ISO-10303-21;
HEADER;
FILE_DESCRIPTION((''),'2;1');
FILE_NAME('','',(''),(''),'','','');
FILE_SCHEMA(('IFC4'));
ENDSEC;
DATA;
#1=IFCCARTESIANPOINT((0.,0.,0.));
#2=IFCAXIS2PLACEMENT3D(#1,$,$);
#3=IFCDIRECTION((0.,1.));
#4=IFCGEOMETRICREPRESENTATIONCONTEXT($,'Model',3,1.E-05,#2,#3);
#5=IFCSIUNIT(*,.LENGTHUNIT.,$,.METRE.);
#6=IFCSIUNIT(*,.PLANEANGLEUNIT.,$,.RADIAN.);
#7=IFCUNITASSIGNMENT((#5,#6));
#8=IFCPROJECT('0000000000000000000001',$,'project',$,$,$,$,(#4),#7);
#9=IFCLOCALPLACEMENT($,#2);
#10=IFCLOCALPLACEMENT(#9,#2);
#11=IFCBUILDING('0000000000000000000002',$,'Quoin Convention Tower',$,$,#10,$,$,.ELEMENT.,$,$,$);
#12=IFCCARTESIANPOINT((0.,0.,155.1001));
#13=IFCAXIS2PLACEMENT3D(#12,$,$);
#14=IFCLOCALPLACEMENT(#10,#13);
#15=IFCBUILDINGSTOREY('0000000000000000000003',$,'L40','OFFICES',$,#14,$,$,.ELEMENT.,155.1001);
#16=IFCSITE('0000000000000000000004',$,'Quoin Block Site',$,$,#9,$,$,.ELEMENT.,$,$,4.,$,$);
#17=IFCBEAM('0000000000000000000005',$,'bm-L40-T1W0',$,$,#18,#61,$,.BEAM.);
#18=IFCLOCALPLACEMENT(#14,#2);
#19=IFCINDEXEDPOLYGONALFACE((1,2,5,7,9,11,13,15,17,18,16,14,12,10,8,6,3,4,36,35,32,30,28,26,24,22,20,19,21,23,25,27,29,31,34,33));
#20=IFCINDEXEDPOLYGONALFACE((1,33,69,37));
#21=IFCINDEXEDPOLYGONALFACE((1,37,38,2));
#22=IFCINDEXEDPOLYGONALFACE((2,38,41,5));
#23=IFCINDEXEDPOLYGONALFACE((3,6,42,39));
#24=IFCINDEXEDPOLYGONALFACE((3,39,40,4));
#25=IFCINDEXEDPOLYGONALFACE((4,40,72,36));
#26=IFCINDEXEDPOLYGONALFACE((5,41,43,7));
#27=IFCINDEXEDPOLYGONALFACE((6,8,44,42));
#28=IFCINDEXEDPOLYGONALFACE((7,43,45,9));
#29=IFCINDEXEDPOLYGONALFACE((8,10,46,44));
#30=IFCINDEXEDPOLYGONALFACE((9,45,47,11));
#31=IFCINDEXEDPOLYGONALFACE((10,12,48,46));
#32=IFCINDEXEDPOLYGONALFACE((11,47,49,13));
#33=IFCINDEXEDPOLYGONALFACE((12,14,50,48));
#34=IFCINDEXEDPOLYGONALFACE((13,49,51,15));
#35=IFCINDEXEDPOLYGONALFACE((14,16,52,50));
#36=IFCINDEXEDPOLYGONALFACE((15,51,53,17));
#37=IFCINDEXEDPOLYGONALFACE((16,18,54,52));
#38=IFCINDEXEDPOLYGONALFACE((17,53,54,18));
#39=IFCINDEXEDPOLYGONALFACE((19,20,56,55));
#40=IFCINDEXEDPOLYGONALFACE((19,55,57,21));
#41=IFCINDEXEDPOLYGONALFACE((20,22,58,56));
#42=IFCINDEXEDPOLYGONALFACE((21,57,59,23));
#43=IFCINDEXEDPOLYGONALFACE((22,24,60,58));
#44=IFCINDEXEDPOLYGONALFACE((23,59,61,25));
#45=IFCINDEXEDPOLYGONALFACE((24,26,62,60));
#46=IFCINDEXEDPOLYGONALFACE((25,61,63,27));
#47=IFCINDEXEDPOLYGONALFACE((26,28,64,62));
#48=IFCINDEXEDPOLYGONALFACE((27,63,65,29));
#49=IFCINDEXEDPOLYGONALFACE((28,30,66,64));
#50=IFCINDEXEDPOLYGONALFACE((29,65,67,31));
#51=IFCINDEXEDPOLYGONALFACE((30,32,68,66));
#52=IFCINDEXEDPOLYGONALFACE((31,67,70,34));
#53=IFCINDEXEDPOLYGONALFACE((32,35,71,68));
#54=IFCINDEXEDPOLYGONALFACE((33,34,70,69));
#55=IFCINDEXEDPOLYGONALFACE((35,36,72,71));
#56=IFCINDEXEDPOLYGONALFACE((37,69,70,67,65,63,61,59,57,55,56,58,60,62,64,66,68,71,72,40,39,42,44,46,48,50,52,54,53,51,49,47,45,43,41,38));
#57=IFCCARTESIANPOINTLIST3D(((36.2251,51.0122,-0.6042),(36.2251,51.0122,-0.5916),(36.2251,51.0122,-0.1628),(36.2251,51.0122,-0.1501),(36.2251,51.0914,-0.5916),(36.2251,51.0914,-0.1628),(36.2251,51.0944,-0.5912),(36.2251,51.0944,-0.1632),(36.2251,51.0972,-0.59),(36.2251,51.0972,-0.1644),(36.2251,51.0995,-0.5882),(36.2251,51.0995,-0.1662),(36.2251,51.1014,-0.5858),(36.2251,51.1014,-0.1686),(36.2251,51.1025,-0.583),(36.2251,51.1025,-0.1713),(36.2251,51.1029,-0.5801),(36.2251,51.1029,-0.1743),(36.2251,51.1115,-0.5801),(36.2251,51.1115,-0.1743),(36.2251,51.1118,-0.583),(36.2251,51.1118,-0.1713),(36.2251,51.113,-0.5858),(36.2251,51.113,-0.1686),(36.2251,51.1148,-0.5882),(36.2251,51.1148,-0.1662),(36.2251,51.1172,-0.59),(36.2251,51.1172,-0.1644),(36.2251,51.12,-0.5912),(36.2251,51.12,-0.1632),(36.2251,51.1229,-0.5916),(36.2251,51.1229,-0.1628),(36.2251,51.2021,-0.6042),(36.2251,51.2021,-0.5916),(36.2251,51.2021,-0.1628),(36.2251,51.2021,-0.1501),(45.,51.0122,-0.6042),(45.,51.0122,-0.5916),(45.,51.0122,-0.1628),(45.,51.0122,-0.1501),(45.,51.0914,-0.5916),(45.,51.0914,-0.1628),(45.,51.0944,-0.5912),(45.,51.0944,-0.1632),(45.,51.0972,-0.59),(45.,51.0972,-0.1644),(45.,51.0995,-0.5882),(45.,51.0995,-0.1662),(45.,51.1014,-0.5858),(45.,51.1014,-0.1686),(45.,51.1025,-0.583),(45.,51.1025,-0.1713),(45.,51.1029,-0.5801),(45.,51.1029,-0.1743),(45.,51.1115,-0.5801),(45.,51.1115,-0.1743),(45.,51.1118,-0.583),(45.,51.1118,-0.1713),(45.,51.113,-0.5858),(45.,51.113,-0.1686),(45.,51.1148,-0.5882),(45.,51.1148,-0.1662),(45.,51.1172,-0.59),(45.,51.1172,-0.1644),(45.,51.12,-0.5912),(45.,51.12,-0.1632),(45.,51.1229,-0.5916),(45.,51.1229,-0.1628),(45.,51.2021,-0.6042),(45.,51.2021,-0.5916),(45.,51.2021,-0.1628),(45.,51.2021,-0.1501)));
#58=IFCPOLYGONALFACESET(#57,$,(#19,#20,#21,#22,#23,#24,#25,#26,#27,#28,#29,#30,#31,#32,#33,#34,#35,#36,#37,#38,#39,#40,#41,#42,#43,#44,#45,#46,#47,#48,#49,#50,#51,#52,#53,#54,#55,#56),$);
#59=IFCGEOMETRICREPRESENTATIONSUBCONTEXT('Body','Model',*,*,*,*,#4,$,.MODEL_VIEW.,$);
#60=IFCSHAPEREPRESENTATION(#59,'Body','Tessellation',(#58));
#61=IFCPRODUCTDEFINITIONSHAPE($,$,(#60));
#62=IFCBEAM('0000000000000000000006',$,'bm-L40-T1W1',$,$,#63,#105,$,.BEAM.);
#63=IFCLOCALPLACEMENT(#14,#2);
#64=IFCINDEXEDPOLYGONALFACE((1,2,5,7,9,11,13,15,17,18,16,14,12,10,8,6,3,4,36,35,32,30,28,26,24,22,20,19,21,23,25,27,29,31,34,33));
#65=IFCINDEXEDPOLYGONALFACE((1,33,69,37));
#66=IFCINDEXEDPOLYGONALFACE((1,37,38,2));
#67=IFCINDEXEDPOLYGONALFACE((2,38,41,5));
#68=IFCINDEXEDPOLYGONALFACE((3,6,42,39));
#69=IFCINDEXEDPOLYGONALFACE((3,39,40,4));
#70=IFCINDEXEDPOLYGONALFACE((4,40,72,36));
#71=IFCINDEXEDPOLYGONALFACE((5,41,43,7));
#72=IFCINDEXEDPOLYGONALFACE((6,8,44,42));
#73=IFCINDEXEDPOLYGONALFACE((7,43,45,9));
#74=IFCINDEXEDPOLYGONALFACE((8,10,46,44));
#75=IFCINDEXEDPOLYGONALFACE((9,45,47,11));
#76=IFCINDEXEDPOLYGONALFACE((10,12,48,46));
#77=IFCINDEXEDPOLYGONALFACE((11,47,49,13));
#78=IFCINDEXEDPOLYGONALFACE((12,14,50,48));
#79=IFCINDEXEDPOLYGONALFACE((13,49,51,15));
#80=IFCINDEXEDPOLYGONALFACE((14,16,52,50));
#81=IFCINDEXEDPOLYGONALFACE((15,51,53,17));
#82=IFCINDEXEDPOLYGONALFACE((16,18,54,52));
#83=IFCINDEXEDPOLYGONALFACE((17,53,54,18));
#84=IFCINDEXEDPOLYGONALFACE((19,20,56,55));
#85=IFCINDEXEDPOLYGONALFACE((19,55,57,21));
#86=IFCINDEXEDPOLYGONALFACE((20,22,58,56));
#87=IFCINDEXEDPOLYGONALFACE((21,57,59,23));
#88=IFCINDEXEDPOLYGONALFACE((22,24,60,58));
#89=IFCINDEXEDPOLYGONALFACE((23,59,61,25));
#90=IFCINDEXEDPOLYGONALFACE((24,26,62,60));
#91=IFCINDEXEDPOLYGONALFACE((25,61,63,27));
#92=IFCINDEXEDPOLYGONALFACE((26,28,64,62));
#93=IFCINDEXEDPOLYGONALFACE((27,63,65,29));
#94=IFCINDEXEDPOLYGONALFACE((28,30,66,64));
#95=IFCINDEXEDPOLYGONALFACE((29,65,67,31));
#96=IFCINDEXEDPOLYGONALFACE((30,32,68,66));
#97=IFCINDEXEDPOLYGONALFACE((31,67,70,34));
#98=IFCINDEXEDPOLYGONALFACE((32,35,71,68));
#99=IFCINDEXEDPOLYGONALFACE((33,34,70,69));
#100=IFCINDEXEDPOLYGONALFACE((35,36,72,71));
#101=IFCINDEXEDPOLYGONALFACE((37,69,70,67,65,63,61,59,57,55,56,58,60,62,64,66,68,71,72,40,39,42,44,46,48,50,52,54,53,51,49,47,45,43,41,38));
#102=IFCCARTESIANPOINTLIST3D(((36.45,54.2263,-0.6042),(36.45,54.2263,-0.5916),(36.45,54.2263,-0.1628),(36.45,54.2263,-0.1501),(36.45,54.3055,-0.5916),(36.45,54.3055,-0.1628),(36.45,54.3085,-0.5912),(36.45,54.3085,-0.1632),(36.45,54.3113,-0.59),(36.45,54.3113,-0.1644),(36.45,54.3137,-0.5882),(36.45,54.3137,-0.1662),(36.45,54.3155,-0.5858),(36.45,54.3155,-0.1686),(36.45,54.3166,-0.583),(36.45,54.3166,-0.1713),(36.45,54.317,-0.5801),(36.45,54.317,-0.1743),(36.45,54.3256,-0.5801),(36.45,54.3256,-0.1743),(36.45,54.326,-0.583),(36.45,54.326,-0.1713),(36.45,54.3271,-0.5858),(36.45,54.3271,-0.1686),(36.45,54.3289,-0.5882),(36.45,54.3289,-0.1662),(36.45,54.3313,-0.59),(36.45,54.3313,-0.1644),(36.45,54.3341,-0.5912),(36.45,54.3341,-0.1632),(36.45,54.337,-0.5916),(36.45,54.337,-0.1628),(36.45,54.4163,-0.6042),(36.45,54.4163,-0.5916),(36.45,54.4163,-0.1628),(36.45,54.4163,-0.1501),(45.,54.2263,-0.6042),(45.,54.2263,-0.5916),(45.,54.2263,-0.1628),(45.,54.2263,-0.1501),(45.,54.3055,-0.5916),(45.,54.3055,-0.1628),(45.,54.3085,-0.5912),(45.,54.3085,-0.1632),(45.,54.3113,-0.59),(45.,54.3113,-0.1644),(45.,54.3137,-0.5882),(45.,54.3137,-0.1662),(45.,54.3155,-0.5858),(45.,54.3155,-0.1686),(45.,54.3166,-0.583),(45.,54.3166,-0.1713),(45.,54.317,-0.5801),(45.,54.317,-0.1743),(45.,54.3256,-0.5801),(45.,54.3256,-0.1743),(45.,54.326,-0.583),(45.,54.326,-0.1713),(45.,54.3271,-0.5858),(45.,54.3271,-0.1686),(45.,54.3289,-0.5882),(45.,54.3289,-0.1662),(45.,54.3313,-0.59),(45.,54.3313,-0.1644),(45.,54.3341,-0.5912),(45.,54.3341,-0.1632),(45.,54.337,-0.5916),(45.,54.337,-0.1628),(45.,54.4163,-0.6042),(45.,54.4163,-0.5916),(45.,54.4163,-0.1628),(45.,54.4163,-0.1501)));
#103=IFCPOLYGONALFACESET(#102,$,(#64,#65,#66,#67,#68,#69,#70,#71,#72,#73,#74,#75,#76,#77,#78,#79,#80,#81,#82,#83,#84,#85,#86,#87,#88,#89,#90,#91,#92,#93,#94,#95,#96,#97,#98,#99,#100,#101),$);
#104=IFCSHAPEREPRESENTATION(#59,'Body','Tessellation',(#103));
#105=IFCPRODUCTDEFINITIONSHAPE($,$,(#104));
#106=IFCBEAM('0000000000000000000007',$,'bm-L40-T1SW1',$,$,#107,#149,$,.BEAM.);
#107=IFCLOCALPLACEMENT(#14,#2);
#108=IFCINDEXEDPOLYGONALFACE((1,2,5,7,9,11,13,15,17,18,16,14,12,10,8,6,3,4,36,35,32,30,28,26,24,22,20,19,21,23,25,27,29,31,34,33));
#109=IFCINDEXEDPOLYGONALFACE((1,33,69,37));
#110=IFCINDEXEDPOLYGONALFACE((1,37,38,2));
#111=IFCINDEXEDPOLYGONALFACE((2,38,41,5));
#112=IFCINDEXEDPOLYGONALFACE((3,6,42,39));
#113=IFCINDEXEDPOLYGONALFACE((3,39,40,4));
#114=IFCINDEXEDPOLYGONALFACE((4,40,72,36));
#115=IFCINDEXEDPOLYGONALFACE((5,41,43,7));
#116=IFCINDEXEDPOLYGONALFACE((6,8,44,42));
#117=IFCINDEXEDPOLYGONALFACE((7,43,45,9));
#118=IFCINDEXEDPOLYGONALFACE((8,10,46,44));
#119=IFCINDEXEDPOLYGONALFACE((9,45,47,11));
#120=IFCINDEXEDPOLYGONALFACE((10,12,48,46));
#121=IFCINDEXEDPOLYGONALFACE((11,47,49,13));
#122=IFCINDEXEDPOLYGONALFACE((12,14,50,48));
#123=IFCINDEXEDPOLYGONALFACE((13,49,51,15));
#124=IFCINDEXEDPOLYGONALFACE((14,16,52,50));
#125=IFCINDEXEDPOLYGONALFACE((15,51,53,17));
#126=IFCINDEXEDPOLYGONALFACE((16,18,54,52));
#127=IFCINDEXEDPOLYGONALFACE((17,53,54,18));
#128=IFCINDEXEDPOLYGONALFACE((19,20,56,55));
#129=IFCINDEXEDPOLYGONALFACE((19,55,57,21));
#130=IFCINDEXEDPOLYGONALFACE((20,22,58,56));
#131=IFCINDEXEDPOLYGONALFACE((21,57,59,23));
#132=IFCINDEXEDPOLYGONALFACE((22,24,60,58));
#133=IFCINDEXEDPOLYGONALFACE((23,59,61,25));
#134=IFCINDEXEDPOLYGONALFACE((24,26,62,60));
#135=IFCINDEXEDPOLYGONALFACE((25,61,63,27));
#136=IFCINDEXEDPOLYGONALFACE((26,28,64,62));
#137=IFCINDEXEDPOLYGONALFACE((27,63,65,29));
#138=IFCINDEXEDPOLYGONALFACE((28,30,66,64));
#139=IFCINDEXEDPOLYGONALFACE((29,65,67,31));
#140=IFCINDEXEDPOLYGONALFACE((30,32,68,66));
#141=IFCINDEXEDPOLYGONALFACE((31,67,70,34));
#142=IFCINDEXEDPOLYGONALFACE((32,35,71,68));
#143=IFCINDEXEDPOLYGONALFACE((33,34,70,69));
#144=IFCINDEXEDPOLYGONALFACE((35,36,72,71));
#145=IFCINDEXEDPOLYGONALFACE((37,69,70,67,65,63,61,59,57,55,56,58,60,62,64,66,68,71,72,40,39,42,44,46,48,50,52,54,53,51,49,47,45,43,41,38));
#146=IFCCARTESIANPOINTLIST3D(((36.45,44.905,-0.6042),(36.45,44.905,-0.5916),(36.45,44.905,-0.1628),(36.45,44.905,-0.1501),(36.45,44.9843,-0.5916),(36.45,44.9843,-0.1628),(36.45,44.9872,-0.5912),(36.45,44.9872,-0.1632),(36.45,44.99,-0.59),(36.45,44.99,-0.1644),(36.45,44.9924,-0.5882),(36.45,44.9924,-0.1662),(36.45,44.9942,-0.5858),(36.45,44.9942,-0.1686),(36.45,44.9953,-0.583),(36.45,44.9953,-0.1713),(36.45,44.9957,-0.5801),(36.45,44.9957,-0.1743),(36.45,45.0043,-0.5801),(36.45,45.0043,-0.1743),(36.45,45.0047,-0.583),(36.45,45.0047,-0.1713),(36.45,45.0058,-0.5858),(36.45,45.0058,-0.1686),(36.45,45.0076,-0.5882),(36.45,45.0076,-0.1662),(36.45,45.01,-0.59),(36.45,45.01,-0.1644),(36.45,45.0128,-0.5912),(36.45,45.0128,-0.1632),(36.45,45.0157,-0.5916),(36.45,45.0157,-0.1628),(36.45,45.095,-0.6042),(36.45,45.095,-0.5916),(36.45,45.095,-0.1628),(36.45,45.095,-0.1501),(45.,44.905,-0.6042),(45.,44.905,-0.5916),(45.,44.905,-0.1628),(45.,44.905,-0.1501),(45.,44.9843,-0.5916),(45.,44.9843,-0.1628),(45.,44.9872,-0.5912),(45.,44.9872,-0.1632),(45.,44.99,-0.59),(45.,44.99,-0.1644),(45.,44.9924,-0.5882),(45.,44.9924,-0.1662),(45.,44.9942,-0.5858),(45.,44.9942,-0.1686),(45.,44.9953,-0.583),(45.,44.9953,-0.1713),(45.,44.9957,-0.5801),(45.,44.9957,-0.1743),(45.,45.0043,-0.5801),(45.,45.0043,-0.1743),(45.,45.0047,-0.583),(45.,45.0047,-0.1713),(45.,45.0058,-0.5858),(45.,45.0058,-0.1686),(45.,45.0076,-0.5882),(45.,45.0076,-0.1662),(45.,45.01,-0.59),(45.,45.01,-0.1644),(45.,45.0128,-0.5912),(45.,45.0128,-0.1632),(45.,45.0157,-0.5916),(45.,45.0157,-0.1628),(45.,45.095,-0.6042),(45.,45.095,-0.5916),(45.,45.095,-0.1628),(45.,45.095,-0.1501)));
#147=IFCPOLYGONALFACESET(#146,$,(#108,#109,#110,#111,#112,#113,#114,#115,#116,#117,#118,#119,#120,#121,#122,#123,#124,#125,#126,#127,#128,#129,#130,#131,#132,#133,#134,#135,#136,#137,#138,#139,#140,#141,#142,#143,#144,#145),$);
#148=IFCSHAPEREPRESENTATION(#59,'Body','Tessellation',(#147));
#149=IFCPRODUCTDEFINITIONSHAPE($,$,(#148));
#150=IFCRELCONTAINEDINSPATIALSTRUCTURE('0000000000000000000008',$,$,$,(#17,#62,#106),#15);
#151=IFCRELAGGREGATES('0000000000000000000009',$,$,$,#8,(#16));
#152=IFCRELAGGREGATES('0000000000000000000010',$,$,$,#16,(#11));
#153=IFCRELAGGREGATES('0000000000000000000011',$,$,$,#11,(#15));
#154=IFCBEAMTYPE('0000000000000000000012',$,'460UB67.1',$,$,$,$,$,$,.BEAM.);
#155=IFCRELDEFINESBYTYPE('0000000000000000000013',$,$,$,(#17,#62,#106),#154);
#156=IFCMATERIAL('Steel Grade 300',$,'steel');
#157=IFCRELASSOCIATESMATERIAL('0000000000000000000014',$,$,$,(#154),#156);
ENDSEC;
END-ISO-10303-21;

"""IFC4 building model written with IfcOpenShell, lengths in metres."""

from ifc_helpers import new_model, si_unit, direction, frame, origin, origin_2d, place, context, subcontext, project, spatial, i_section, extrude, material, material_profile, profile_set, type_object, element, save


model = new_model("IFC4")

# Units and contexts
model_context = context("Model", 3, precision=1e-05, world=origin(), true_north=direction((0.0, 1.0)))
body_context = subcontext(model_context, "Body", "Model", "MODEL_VIEW")
ifc_project = project(units=[si_unit("LENGTHUNIT", "METRE"), si_unit("PLANEANGLEUNIT", "RADIAN")], contexts=[model_context])

# Site, building, storey
site_placement = place(None, origin())
site = spatial("IfcSite", under=ifc_project, at=site_placement, Name="Quoin Block Site", CompositionType="ELEMENT", RefElevation=4.0)
building_placement = place(site_placement, origin())
building = spatial("IfcBuilding", under=site, at=building_placement, Name="Quoin Convention Tower", CompositionType="ELEMENT")
storey_placement = place(building_placement, frame((0.0, 0.0, 155.1001)))
storey = spatial("IfcBuildingStorey", under=building, at=storey_placement, Name="L40", Description="OFFICES", CompositionType="ELEMENT", Elevation=155.1001)

# Beams
ifc_material_1 = material(Name="Steel Grade 300", Category="steel")
ifc_material_profile = material_profile(ifc_material_1, i_section(OverallWidth=0.1899, OverallDepth=0.4541, WebThickness=0.0085, FlangeThickness=0.0127, FilletRadius=0.0115, at=origin_2d()), Name="460UB67.1")
ifc_profile_set = profile_set([ifc_material_profile], Name="Steel Grade 300")
beam_type = type_object("IfcBeamType", Name="460UB67.1", PredefinedType="BEAM", material=ifc_profile_set)
beam_placement = place(storey_placement, frame((36.2251, 51.1072, -0.3772), z_axis=(1.0, 0.0, 0.0), x_axis=(0.0, 1.0, 0.0)))
element("IfcBeam", 1, at=beam_placement, inside=storey, type_object=beam_type, Name="bm-L40-T1W0", PredefinedType="BEAM", context=body_context, shape_type="SweptSolid", body=[
    extrude(i_section(OverallWidth=0.1899, OverallDepth=0.4541, WebThickness=0.0085, FlangeThickness=0.0127, FilletRadius=0.0115, at=origin_2d()), origin(), (0.0, 0.0, 1.0), 8.7749),
])
for number, where, z_axis, x_axis, name in (
    (2, (36.45, 54.3213, -0.3772), (1.0, 0.0, 0.0), (0.0, 1.0, 0.0), "bm-L40-T1W1"),
    (3, (36.45, 45.0, -0.3772), (1.0, 0.0, 0.0), (0.0, 1.0, 0.0), "bm-L40-T1SW1"),
):
    element("IfcBeam", number, at=place(storey_placement, frame(where, z_axis=z_axis, x_axis=x_axis)), inside=storey, type_object=beam_type, Name=name, PredefinedType="BEAM", context=body_context, shape_type="SweptSolid", body=[
        extrude(i_section(OverallWidth=0.1899, OverallDepth=0.4541, WebThickness=0.0085, FlangeThickness=0.0127, FilletRadius=0.0115, at=origin_2d()), origin(), (0.0, 0.0, 1.0), 8.55),
    ])

save(model, "model.ifc")
